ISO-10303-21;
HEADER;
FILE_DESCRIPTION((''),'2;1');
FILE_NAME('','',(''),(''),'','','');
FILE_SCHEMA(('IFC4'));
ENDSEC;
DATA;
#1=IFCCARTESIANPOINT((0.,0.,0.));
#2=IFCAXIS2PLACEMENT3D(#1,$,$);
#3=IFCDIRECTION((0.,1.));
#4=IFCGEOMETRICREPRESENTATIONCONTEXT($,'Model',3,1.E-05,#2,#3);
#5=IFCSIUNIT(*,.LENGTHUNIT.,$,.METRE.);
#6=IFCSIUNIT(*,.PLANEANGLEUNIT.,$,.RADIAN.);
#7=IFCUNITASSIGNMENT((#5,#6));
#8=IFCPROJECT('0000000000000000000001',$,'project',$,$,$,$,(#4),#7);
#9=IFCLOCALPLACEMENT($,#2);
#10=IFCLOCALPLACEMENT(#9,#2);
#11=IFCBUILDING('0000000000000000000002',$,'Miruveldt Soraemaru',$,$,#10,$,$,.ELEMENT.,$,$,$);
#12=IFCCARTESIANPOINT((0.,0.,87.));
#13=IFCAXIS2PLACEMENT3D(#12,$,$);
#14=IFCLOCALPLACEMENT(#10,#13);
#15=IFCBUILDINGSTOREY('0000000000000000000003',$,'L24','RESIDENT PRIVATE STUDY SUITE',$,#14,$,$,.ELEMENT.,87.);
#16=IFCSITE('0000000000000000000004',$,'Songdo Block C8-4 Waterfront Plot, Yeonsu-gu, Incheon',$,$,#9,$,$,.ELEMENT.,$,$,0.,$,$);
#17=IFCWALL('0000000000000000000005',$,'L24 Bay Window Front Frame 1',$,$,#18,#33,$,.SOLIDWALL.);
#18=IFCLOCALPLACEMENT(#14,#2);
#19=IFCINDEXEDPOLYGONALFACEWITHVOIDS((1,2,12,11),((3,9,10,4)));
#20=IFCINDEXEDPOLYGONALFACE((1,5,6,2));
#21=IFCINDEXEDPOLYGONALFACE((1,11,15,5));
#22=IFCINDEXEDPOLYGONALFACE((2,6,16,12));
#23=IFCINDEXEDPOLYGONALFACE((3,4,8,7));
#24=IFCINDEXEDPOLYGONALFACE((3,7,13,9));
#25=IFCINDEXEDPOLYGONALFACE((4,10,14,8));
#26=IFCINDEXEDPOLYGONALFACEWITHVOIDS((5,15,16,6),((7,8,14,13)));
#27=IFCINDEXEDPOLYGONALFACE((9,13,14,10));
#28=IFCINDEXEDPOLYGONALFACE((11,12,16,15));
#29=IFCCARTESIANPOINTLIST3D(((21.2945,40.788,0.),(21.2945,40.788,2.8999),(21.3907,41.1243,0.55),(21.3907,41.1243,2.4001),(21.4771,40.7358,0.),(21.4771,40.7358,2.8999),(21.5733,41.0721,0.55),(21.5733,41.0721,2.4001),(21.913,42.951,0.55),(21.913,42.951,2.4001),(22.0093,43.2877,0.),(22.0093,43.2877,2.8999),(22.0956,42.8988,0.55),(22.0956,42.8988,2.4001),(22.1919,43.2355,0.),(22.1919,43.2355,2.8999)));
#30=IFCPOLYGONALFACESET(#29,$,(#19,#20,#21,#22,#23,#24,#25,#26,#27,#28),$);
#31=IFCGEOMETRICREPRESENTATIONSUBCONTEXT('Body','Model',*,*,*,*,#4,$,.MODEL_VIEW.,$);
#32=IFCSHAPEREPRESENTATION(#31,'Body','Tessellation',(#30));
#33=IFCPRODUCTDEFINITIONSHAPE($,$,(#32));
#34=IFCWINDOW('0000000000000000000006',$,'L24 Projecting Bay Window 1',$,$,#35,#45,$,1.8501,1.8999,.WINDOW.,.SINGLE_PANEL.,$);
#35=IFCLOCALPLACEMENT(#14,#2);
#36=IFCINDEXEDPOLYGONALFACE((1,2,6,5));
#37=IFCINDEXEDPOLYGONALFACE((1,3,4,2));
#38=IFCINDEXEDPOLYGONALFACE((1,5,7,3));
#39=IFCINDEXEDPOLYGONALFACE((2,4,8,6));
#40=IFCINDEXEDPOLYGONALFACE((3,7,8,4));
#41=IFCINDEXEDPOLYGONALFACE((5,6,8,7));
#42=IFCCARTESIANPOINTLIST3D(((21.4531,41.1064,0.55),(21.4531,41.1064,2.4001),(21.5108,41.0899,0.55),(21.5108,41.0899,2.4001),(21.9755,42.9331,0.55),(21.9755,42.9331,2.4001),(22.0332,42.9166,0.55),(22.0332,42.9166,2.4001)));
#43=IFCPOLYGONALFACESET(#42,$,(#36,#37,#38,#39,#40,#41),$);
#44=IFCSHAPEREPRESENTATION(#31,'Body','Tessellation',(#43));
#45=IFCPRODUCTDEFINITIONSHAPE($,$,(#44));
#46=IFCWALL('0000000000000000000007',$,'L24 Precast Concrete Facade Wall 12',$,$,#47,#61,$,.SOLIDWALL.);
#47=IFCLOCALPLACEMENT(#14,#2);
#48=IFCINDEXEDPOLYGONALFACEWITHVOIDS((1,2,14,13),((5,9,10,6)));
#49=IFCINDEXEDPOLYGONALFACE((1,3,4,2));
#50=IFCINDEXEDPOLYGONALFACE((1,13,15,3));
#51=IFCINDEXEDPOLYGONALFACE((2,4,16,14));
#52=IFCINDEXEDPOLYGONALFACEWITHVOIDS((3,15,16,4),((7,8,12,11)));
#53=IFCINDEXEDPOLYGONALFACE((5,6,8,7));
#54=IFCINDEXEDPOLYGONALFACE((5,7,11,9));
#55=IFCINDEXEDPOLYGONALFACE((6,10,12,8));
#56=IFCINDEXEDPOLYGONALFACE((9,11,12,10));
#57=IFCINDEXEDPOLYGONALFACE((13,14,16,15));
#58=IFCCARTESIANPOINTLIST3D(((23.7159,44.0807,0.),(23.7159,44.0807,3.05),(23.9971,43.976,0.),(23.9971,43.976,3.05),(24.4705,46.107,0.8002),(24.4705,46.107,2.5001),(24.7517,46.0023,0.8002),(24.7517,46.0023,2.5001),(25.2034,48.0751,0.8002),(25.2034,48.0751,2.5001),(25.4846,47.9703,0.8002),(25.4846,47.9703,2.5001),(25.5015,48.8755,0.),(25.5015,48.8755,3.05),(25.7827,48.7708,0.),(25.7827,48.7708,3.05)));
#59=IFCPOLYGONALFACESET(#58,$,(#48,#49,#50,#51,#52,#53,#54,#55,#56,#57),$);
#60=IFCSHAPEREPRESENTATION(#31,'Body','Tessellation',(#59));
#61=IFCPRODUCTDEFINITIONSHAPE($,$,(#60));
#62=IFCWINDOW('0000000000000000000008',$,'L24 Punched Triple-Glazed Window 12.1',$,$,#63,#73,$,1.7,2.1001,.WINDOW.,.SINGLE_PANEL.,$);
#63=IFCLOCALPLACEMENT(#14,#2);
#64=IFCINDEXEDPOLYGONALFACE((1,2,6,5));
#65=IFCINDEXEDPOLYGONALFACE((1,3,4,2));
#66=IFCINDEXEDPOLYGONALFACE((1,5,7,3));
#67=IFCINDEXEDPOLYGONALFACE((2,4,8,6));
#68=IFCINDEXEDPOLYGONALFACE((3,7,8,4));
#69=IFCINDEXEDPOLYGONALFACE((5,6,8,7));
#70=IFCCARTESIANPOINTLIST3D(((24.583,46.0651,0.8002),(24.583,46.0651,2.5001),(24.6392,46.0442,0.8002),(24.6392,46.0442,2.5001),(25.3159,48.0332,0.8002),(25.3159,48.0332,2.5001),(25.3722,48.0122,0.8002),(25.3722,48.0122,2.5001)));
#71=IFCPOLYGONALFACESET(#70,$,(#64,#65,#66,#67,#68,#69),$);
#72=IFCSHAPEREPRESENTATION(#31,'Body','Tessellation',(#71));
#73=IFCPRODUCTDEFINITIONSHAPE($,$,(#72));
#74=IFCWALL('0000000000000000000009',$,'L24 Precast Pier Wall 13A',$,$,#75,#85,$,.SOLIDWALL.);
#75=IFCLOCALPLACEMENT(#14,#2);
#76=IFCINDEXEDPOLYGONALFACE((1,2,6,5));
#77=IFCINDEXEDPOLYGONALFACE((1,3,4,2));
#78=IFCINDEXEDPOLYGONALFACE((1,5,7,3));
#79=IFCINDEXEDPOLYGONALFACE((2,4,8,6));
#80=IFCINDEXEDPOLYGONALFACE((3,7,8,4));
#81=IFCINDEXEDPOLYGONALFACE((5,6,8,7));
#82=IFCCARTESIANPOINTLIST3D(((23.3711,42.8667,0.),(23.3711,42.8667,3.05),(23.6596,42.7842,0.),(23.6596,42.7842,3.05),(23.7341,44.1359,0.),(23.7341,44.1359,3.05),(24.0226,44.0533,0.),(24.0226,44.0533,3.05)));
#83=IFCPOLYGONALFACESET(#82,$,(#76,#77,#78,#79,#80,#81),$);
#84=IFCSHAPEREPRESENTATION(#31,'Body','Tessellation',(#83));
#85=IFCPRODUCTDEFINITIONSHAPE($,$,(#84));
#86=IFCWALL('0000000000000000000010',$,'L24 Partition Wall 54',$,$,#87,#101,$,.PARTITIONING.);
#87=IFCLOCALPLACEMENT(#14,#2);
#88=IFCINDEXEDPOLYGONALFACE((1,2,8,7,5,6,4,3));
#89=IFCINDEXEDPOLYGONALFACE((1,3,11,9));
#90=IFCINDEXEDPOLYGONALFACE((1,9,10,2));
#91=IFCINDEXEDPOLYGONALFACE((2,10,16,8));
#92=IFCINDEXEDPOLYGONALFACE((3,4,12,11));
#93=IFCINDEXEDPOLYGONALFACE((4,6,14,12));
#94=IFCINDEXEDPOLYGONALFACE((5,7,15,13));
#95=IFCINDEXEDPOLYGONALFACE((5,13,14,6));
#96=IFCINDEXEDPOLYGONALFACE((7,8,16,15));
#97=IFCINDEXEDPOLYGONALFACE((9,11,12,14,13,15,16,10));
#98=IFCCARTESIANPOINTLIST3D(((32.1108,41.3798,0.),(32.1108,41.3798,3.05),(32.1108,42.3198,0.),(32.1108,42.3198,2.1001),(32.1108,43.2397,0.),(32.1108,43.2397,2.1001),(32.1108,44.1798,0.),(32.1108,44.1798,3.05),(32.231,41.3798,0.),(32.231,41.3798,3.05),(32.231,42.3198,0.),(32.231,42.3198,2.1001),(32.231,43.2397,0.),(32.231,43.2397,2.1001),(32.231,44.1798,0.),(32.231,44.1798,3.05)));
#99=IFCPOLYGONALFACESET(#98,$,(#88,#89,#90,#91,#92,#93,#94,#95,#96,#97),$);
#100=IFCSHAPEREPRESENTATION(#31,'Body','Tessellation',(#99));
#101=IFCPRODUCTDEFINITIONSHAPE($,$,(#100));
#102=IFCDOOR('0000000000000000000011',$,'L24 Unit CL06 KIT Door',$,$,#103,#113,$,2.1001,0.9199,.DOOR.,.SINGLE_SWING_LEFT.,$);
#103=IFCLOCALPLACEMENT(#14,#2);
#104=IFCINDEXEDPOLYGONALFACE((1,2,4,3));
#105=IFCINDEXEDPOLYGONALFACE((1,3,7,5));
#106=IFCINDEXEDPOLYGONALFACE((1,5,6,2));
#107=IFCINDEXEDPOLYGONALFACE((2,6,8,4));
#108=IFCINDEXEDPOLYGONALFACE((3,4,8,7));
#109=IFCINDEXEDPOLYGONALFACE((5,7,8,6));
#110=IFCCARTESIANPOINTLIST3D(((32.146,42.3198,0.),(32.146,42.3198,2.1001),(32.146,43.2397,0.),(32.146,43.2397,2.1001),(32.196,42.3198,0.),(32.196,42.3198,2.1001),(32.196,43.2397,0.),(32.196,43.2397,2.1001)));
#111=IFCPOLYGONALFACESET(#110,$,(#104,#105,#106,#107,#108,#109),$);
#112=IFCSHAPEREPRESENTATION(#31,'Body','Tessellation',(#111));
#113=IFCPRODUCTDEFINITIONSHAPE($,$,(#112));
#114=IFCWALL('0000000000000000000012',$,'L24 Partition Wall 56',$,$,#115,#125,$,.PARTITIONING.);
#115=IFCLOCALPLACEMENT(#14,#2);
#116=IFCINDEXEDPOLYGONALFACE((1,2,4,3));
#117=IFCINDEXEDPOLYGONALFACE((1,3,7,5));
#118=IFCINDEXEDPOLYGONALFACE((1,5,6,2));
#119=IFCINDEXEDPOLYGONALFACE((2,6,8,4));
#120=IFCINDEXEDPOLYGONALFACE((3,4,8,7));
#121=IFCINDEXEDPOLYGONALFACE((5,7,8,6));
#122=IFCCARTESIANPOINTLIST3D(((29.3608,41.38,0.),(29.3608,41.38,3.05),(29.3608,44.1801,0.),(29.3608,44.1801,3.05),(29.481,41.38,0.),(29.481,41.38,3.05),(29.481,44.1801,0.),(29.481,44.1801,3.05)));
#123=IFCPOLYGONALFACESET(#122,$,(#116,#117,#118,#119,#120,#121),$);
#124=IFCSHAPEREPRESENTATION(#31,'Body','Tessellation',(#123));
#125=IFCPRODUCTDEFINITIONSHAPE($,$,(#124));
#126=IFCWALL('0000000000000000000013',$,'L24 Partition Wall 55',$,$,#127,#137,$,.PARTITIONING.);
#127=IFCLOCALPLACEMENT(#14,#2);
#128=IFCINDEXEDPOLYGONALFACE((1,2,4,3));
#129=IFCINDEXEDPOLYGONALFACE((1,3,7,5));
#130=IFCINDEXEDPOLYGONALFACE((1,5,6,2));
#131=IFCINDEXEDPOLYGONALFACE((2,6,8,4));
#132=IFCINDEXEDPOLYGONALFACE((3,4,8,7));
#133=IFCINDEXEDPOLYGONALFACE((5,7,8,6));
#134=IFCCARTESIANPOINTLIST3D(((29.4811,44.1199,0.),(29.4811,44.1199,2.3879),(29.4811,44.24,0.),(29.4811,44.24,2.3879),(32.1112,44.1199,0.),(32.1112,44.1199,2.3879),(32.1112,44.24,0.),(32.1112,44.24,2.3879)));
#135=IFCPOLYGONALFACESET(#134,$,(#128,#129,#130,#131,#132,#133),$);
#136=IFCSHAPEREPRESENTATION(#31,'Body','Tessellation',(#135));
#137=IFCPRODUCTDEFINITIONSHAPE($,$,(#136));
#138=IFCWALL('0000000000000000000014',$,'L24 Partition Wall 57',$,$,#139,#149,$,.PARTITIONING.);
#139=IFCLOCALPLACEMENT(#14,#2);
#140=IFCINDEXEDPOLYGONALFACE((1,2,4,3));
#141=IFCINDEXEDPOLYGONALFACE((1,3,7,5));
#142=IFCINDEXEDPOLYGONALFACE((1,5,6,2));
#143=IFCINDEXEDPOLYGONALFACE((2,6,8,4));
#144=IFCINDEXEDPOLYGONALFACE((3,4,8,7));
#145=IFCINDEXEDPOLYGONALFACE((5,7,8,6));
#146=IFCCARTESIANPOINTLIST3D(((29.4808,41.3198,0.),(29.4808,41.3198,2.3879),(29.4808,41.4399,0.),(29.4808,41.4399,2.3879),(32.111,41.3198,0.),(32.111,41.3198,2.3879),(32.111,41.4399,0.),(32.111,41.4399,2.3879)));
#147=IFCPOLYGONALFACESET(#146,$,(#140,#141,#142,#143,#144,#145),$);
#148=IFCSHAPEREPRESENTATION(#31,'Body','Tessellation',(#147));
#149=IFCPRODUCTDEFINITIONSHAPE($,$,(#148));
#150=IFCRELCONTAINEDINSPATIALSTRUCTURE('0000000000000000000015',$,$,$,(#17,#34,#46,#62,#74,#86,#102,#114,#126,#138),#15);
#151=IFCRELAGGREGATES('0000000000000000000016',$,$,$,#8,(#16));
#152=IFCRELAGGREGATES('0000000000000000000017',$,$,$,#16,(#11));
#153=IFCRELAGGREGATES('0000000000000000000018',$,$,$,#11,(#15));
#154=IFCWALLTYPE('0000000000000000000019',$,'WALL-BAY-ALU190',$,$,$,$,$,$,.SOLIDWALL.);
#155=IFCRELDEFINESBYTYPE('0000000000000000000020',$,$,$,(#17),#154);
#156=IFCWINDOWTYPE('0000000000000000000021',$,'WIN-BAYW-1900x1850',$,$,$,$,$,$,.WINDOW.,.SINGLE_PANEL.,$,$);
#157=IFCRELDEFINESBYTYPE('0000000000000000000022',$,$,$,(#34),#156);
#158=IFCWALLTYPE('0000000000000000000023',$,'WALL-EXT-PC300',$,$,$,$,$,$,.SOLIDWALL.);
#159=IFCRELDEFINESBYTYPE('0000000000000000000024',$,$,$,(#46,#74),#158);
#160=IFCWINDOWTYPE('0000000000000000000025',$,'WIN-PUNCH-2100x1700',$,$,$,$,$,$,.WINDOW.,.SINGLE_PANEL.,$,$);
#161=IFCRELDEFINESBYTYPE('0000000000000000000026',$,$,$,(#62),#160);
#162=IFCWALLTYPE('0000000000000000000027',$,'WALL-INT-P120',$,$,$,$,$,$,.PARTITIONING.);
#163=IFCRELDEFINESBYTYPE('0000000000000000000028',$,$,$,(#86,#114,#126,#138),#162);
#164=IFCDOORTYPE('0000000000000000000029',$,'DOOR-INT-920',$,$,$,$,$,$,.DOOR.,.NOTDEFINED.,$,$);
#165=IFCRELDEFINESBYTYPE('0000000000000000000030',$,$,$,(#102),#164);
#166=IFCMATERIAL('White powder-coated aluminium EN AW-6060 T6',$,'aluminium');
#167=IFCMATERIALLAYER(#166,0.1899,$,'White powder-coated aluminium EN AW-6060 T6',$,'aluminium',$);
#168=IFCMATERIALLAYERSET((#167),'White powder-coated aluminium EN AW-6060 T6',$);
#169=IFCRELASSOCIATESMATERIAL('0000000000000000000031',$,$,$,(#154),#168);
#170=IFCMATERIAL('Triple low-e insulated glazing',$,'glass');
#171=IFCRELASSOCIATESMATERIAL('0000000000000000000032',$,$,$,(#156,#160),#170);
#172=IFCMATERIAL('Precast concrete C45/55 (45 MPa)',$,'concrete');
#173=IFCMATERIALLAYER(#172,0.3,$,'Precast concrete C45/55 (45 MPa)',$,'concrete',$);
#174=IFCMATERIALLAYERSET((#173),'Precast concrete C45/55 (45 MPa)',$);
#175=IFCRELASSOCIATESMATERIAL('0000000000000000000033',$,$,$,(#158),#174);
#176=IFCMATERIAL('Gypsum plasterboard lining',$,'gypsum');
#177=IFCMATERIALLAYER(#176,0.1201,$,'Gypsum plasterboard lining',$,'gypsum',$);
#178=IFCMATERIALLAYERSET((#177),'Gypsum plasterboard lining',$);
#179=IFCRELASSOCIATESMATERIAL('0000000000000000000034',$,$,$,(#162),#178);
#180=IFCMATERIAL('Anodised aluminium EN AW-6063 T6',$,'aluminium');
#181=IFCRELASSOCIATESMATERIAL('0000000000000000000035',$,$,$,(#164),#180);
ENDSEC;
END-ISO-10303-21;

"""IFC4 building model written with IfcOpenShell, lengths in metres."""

from ifc_helpers import new_model, si_unit, direction, frame, frame_2d, origin, place, context, subcontext, project, spatial, rectangle, extrude, material, layer, layer_set, type_object, element, fill, save


model = new_model("IFC4")

# Units and contexts
model_context = context("Model", 3, precision=1e-05, world=origin(), true_north=direction((0.0, 1.0)))
body_context = subcontext(model_context, "Body", "Model", "MODEL_VIEW")
ifc_project = project(units=[si_unit("LENGTHUNIT", "METRE"), si_unit("PLANEANGLEUNIT", "RADIAN")], contexts=[model_context])

# Site, building, storey
site_placement = place(None, origin())
site = spatial("IfcSite", under=ifc_project, at=site_placement, Name="Songdo Block C8-4 Waterfront Plot, Yeonsu-gu, Incheon", CompositionType="ELEMENT", RefElevation=0.0)
building_placement = place(site_placement, origin())
building = spatial("IfcBuilding", under=site, at=building_placement, Name="Miruveldt Soraemaru", CompositionType="ELEMENT")
storey_placement = place(building_placement, frame((0.0, 0.0, 87.0)))
storey = spatial("IfcBuildingStorey", under=building, at=storey_placement, Name="L24", Description="RESIDENT PRIVATE STUDY SUITE", CompositionType="ELEMENT", Elevation=87.0)

# Shared definitions
ifc_material_1 = material(Name="White powder-coated aluminium EN AW-6060 T6", Category="aluminium")
ifc_layer_1 = layer(ifc_material_1, 0.1899, Name="White powder-coated aluminium EN AW-6060 T6", Category="aluminium")
ifc_layer_set_1 = layer_set([ifc_layer_1], Name="White powder-coated aluminium EN AW-6060 T6")
wall_type_1 = type_object("IfcWallType", Name="WALL-BAY-ALU190", PredefinedType="SOLIDWALL", material=ifc_layer_set_1)

# Walls, openings, windows
wall_1_placement = place(storey_placement, frame((22.1006, 43.2615, 0.0), z_axis=(0.0, 0.0, 1.0), x_axis=(-0.274944, -0.96146, 0.0)))
wall_1 = element("IfcWall", 1, at=wall_1_placement, inside=storey, type_object=wall_type_1, Name="L24 Bay Window Front Frame 1", PredefinedType="SOLIDWALL", context=body_context, shape_type="SweptSolid", body=[
    extrude(rectangle(XDim=2.5999, YDim=0.1899, at=frame_2d((1.2998, 0.0))), origin(), (0.0, 0.0, 1.0), 2.8999),
])
opening_1_placement = place(wall_1_placement, frame((0.3501, 0.0, 0.55)))
opening_1 = element("IfcOpeningElement", 2, at=opening_1_placement, cuts=wall_1, PredefinedType="OPENING", context=body_context, shape_type="SweptSolid", body=[
    extrude(rectangle(XDim=1.8999, YDim=1.8501, at=frame_2d((0.95, 0.925))), frame((0.0, 0.105, 0.0), z_axis=(0.0, -1.0, 0.0), x_axis=(1.0, 0.0, 0.0)), (0.0, 0.0, 1.0), 0.21),
])
ifc_material_2 = material(Name="Triple low-e insulated glazing", Category="glass")
window_type_1 = type_object("IfcWindowType", Name="WIN-BAYW-1900x1850", PartitioningType="SINGLE_PANEL", PredefinedType="WINDOW", material=ifc_material_2)
window_1_placement = place(opening_1_placement, origin())
window_1 = element("IfcWindow", 3, at=window_1_placement, inside=storey, type_object=window_type_1, Name="L24 Projecting Bay Window 1", OverallHeight=1.8501, OverallWidth=1.8999, PartitioningType="SINGLE_PANEL", PredefinedType="WINDOW", context=body_context, shape_type="SweptSolid", body=[
    extrude(rectangle(XDim=1.8999, YDim=1.8501, at=frame_2d((0.95, 0.925))), frame((0.0, 0.03, 0.0), z_axis=(0.0, -1.0, 0.0), x_axis=(1.0, 0.0, 0.0)), (0.0, 0.0, 1.0), 0.0601),
])
fill(opening_1, window_1)
ifc_material_3 = material(Name="Precast concrete C45/55 (45 MPa)", Category="concrete")
ifc_layer_2 = layer(ifc_material_3, 0.3, Name="Precast concrete C45/55 (45 MPa)", Category="concrete")
ifc_layer_set_2 = layer_set([ifc_layer_2], Name="Precast concrete C45/55 (45 MPa)")
wall_type_2 = type_object("IfcWallType", Name="WALL-EXT-PC300", PredefinedType="SOLIDWALL", material=ifc_layer_set_2)
wall_2_placement = place(storey_placement, frame((25.6421, 48.823, 0.0), z_axis=(0.0, 0.0, 1.0), x_axis=(-0.349005, -0.937121, 0.0)))
wall_2 = element("IfcWall", 4, at=wall_2_placement, inside=storey, type_object=wall_type_2, Name="L24 Precast Concrete Facade Wall 12", PredefinedType="SOLIDWALL", context=body_context, shape_type="SweptSolid", body=[
    extrude(rectangle(XDim=5.1165, YDim=0.3, at=frame_2d((2.5581, 0.0))), origin(), (0.0, 0.0, 1.0), 3.05),
])
opening_2_placement = place(wall_2_placement, frame((0.854, 0.0, 0.8)))
opening_2 = element("IfcOpeningElement", 5, at=opening_2_placement, cuts=wall_2, PredefinedType="OPENING", context=body_context, shape_type="SweptSolid", body=[
    extrude(rectangle(XDim=2.1001, YDim=1.7, at=frame_2d((1.05, 0.8501))), frame((0.0, 0.1602, 0.0), z_axis=(0.0, -1.0, 0.0), x_axis=(1.0, 0.0, 0.0)), (0.0, 0.0, 1.0), 0.3201),
])
window_type_2 = type_object("IfcWindowType", Name="WIN-PUNCH-2100x1700", PartitioningType="SINGLE_PANEL", PredefinedType="WINDOW", material=ifc_material_2)
window_2_placement = place(opening_2_placement, origin())
window_2 = element("IfcWindow", 6, at=window_2_placement, inside=storey, type_object=window_type_2, Name="L24 Punched Triple-Glazed Window 12.1", OverallHeight=1.7, OverallWidth=2.1001, PartitioningType="SINGLE_PANEL", PredefinedType="WINDOW", context=body_context, shape_type="SweptSolid", body=[
    extrude(rectangle(XDim=2.1001, YDim=1.7, at=frame_2d((1.05, 0.8501))), frame((0.0, 0.03, 0.0), z_axis=(0.0, -1.0, 0.0), x_axis=(1.0, 0.0, 0.0)), (0.0, 0.0, 1.0), 0.0601),
])
fill(opening_2, window_2)

# Wall
wall_3_placement = place(storey_placement, frame((23.8784, 44.0947, 0.0), z_axis=(0.0, 0.0, 1.0), x_axis=(-0.275039, -0.961433, 0.0)))
element("IfcWall", 7, at=wall_3_placement, inside=storey, type_object=wall_type_2, Name="L24 Precast Pier Wall 13A", PredefinedType="SOLIDWALL", context=body_context, shape_type="SweptSolid", body=[
    extrude(rectangle(XDim=1.3201, YDim=0.3, at=frame_2d((0.6602, 0.0))), origin(), (0.0, 0.0, 1.0), 3.05),
])

# Wall, opening, door
ifc_material_4 = material(Name="Gypsum plasterboard lining", Category="gypsum")
ifc_layer_3 = layer(ifc_material_4, 0.1201, Name="Gypsum plasterboard lining", Category="gypsum")
ifc_layer_set_3 = layer_set([ifc_layer_3], Name="Gypsum plasterboard lining")
wall_type_3 = type_object("IfcWallType", Name="WALL-INT-P120", PredefinedType="PARTITIONING", material=ifc_layer_set_3)
wall_4_placement = place(storey_placement, frame((32.1709, 41.3799, 0.0), z_axis=(0.0, 0.0, 1.0), x_axis=(0.0, 1.0, 0.0)))
wall_4 = element("IfcWall", 8, at=wall_4_placement, inside=storey, type_object=wall_type_3, Name="L24 Partition Wall 54", PredefinedType="PARTITIONING", context=body_context, shape_type="SweptSolid", body=[
    extrude(rectangle(XDim=2.8, YDim=0.1201, at=frame_2d((1.3999, 0.0))), origin(), (0.0, 0.0, 1.0), 3.05),
])
opening_3_placement = place(wall_4_placement, frame((0.9399, 0.0, 0.0)))
opening_3 = element("IfcOpeningElement", 9, at=opening_3_placement, cuts=wall_4, PredefinedType="OPENING", context=body_context, shape_type="SweptSolid", body=[
    extrude(rectangle(XDim=0.9199, YDim=2.1001, at=frame_2d((0.46, 1.05))), frame((0.0, 0.0701, 0.0), z_axis=(0.0, -1.0, 0.0), x_axis=(1.0, 0.0, 0.0)), (0.0, 0.0, 1.0), 0.1401),
])
ifc_material_5 = material(Name="Anodised aluminium EN AW-6063 T6", Category="aluminium")
door_type_1 = type_object("IfcDoorType", Name="DOOR-INT-920", OperationType="NOTDEFINED", PredefinedType="DOOR", material=ifc_material_5)
door_1_placement = place(opening_3_placement, origin())
door_1 = element("IfcDoor", 10, at=door_1_placement, inside=storey, type_object=door_type_1, Name="L24 Unit CL06 KIT Door", OperationType="SINGLE_SWING_LEFT", OverallHeight=2.1001, OverallWidth=0.9199, PredefinedType="DOOR", context=body_context, shape_type="SweptSolid", body=[
    extrude(rectangle(XDim=0.9199, YDim=2.1001, at=frame_2d((0.46, 1.05))), frame((0.0, 0.0249, 0.0), z_axis=(0.0, -1.0, 0.0), x_axis=(1.0, 0.0, 0.0)), (0.0, 0.0, 1.0), 0.05),
])
fill(opening_3, door_1)

# Walls
wall_5_placement = place(storey_placement, frame((29.4209, 44.1799, 0.0), z_axis=(0.0, 0.0, 1.0), x_axis=(0.0, -1.0, 0.0)))
element("IfcWall", 11, at=wall_5_placement, inside=storey, type_object=wall_type_3, Name="L24 Partition Wall 56", PredefinedType="PARTITIONING", context=body_context, shape_type="SweptSolid", body=[
    extrude(rectangle(XDim=2.8, YDim=0.1201, at=frame_2d((1.3999, 0.0))), origin(), (0.0, 0.0, 1.0), 3.05),
])
for number, where, z_axis, x_axis, name in (
    (12, (32.1111, 44.1799, 0.0), (0.0, 0.0, 1.0), (-1.0, 0.0, 0.0), "L24 Partition Wall 55"),
    (13, (29.481, 41.3799, 0.0), (0.0, 0.0, 1.0), (1.0, 0.0, 0.0), "L24 Partition Wall 57"),
):
    element("IfcWall", number, at=place(storey_placement, frame(where, z_axis=z_axis, x_axis=x_axis)), inside=storey, type_object=wall_type_3, Name=name, PredefinedType="PARTITIONING", context=body_context, shape_type="SweptSolid", body=[
        extrude(rectangle(XDim=2.6301, YDim=0.1201, at=frame_2d((1.3149, 0.0))), origin(), (0.0, 0.0, 1.0), 2.3879),
    ])

save(model, "model.ifc")
